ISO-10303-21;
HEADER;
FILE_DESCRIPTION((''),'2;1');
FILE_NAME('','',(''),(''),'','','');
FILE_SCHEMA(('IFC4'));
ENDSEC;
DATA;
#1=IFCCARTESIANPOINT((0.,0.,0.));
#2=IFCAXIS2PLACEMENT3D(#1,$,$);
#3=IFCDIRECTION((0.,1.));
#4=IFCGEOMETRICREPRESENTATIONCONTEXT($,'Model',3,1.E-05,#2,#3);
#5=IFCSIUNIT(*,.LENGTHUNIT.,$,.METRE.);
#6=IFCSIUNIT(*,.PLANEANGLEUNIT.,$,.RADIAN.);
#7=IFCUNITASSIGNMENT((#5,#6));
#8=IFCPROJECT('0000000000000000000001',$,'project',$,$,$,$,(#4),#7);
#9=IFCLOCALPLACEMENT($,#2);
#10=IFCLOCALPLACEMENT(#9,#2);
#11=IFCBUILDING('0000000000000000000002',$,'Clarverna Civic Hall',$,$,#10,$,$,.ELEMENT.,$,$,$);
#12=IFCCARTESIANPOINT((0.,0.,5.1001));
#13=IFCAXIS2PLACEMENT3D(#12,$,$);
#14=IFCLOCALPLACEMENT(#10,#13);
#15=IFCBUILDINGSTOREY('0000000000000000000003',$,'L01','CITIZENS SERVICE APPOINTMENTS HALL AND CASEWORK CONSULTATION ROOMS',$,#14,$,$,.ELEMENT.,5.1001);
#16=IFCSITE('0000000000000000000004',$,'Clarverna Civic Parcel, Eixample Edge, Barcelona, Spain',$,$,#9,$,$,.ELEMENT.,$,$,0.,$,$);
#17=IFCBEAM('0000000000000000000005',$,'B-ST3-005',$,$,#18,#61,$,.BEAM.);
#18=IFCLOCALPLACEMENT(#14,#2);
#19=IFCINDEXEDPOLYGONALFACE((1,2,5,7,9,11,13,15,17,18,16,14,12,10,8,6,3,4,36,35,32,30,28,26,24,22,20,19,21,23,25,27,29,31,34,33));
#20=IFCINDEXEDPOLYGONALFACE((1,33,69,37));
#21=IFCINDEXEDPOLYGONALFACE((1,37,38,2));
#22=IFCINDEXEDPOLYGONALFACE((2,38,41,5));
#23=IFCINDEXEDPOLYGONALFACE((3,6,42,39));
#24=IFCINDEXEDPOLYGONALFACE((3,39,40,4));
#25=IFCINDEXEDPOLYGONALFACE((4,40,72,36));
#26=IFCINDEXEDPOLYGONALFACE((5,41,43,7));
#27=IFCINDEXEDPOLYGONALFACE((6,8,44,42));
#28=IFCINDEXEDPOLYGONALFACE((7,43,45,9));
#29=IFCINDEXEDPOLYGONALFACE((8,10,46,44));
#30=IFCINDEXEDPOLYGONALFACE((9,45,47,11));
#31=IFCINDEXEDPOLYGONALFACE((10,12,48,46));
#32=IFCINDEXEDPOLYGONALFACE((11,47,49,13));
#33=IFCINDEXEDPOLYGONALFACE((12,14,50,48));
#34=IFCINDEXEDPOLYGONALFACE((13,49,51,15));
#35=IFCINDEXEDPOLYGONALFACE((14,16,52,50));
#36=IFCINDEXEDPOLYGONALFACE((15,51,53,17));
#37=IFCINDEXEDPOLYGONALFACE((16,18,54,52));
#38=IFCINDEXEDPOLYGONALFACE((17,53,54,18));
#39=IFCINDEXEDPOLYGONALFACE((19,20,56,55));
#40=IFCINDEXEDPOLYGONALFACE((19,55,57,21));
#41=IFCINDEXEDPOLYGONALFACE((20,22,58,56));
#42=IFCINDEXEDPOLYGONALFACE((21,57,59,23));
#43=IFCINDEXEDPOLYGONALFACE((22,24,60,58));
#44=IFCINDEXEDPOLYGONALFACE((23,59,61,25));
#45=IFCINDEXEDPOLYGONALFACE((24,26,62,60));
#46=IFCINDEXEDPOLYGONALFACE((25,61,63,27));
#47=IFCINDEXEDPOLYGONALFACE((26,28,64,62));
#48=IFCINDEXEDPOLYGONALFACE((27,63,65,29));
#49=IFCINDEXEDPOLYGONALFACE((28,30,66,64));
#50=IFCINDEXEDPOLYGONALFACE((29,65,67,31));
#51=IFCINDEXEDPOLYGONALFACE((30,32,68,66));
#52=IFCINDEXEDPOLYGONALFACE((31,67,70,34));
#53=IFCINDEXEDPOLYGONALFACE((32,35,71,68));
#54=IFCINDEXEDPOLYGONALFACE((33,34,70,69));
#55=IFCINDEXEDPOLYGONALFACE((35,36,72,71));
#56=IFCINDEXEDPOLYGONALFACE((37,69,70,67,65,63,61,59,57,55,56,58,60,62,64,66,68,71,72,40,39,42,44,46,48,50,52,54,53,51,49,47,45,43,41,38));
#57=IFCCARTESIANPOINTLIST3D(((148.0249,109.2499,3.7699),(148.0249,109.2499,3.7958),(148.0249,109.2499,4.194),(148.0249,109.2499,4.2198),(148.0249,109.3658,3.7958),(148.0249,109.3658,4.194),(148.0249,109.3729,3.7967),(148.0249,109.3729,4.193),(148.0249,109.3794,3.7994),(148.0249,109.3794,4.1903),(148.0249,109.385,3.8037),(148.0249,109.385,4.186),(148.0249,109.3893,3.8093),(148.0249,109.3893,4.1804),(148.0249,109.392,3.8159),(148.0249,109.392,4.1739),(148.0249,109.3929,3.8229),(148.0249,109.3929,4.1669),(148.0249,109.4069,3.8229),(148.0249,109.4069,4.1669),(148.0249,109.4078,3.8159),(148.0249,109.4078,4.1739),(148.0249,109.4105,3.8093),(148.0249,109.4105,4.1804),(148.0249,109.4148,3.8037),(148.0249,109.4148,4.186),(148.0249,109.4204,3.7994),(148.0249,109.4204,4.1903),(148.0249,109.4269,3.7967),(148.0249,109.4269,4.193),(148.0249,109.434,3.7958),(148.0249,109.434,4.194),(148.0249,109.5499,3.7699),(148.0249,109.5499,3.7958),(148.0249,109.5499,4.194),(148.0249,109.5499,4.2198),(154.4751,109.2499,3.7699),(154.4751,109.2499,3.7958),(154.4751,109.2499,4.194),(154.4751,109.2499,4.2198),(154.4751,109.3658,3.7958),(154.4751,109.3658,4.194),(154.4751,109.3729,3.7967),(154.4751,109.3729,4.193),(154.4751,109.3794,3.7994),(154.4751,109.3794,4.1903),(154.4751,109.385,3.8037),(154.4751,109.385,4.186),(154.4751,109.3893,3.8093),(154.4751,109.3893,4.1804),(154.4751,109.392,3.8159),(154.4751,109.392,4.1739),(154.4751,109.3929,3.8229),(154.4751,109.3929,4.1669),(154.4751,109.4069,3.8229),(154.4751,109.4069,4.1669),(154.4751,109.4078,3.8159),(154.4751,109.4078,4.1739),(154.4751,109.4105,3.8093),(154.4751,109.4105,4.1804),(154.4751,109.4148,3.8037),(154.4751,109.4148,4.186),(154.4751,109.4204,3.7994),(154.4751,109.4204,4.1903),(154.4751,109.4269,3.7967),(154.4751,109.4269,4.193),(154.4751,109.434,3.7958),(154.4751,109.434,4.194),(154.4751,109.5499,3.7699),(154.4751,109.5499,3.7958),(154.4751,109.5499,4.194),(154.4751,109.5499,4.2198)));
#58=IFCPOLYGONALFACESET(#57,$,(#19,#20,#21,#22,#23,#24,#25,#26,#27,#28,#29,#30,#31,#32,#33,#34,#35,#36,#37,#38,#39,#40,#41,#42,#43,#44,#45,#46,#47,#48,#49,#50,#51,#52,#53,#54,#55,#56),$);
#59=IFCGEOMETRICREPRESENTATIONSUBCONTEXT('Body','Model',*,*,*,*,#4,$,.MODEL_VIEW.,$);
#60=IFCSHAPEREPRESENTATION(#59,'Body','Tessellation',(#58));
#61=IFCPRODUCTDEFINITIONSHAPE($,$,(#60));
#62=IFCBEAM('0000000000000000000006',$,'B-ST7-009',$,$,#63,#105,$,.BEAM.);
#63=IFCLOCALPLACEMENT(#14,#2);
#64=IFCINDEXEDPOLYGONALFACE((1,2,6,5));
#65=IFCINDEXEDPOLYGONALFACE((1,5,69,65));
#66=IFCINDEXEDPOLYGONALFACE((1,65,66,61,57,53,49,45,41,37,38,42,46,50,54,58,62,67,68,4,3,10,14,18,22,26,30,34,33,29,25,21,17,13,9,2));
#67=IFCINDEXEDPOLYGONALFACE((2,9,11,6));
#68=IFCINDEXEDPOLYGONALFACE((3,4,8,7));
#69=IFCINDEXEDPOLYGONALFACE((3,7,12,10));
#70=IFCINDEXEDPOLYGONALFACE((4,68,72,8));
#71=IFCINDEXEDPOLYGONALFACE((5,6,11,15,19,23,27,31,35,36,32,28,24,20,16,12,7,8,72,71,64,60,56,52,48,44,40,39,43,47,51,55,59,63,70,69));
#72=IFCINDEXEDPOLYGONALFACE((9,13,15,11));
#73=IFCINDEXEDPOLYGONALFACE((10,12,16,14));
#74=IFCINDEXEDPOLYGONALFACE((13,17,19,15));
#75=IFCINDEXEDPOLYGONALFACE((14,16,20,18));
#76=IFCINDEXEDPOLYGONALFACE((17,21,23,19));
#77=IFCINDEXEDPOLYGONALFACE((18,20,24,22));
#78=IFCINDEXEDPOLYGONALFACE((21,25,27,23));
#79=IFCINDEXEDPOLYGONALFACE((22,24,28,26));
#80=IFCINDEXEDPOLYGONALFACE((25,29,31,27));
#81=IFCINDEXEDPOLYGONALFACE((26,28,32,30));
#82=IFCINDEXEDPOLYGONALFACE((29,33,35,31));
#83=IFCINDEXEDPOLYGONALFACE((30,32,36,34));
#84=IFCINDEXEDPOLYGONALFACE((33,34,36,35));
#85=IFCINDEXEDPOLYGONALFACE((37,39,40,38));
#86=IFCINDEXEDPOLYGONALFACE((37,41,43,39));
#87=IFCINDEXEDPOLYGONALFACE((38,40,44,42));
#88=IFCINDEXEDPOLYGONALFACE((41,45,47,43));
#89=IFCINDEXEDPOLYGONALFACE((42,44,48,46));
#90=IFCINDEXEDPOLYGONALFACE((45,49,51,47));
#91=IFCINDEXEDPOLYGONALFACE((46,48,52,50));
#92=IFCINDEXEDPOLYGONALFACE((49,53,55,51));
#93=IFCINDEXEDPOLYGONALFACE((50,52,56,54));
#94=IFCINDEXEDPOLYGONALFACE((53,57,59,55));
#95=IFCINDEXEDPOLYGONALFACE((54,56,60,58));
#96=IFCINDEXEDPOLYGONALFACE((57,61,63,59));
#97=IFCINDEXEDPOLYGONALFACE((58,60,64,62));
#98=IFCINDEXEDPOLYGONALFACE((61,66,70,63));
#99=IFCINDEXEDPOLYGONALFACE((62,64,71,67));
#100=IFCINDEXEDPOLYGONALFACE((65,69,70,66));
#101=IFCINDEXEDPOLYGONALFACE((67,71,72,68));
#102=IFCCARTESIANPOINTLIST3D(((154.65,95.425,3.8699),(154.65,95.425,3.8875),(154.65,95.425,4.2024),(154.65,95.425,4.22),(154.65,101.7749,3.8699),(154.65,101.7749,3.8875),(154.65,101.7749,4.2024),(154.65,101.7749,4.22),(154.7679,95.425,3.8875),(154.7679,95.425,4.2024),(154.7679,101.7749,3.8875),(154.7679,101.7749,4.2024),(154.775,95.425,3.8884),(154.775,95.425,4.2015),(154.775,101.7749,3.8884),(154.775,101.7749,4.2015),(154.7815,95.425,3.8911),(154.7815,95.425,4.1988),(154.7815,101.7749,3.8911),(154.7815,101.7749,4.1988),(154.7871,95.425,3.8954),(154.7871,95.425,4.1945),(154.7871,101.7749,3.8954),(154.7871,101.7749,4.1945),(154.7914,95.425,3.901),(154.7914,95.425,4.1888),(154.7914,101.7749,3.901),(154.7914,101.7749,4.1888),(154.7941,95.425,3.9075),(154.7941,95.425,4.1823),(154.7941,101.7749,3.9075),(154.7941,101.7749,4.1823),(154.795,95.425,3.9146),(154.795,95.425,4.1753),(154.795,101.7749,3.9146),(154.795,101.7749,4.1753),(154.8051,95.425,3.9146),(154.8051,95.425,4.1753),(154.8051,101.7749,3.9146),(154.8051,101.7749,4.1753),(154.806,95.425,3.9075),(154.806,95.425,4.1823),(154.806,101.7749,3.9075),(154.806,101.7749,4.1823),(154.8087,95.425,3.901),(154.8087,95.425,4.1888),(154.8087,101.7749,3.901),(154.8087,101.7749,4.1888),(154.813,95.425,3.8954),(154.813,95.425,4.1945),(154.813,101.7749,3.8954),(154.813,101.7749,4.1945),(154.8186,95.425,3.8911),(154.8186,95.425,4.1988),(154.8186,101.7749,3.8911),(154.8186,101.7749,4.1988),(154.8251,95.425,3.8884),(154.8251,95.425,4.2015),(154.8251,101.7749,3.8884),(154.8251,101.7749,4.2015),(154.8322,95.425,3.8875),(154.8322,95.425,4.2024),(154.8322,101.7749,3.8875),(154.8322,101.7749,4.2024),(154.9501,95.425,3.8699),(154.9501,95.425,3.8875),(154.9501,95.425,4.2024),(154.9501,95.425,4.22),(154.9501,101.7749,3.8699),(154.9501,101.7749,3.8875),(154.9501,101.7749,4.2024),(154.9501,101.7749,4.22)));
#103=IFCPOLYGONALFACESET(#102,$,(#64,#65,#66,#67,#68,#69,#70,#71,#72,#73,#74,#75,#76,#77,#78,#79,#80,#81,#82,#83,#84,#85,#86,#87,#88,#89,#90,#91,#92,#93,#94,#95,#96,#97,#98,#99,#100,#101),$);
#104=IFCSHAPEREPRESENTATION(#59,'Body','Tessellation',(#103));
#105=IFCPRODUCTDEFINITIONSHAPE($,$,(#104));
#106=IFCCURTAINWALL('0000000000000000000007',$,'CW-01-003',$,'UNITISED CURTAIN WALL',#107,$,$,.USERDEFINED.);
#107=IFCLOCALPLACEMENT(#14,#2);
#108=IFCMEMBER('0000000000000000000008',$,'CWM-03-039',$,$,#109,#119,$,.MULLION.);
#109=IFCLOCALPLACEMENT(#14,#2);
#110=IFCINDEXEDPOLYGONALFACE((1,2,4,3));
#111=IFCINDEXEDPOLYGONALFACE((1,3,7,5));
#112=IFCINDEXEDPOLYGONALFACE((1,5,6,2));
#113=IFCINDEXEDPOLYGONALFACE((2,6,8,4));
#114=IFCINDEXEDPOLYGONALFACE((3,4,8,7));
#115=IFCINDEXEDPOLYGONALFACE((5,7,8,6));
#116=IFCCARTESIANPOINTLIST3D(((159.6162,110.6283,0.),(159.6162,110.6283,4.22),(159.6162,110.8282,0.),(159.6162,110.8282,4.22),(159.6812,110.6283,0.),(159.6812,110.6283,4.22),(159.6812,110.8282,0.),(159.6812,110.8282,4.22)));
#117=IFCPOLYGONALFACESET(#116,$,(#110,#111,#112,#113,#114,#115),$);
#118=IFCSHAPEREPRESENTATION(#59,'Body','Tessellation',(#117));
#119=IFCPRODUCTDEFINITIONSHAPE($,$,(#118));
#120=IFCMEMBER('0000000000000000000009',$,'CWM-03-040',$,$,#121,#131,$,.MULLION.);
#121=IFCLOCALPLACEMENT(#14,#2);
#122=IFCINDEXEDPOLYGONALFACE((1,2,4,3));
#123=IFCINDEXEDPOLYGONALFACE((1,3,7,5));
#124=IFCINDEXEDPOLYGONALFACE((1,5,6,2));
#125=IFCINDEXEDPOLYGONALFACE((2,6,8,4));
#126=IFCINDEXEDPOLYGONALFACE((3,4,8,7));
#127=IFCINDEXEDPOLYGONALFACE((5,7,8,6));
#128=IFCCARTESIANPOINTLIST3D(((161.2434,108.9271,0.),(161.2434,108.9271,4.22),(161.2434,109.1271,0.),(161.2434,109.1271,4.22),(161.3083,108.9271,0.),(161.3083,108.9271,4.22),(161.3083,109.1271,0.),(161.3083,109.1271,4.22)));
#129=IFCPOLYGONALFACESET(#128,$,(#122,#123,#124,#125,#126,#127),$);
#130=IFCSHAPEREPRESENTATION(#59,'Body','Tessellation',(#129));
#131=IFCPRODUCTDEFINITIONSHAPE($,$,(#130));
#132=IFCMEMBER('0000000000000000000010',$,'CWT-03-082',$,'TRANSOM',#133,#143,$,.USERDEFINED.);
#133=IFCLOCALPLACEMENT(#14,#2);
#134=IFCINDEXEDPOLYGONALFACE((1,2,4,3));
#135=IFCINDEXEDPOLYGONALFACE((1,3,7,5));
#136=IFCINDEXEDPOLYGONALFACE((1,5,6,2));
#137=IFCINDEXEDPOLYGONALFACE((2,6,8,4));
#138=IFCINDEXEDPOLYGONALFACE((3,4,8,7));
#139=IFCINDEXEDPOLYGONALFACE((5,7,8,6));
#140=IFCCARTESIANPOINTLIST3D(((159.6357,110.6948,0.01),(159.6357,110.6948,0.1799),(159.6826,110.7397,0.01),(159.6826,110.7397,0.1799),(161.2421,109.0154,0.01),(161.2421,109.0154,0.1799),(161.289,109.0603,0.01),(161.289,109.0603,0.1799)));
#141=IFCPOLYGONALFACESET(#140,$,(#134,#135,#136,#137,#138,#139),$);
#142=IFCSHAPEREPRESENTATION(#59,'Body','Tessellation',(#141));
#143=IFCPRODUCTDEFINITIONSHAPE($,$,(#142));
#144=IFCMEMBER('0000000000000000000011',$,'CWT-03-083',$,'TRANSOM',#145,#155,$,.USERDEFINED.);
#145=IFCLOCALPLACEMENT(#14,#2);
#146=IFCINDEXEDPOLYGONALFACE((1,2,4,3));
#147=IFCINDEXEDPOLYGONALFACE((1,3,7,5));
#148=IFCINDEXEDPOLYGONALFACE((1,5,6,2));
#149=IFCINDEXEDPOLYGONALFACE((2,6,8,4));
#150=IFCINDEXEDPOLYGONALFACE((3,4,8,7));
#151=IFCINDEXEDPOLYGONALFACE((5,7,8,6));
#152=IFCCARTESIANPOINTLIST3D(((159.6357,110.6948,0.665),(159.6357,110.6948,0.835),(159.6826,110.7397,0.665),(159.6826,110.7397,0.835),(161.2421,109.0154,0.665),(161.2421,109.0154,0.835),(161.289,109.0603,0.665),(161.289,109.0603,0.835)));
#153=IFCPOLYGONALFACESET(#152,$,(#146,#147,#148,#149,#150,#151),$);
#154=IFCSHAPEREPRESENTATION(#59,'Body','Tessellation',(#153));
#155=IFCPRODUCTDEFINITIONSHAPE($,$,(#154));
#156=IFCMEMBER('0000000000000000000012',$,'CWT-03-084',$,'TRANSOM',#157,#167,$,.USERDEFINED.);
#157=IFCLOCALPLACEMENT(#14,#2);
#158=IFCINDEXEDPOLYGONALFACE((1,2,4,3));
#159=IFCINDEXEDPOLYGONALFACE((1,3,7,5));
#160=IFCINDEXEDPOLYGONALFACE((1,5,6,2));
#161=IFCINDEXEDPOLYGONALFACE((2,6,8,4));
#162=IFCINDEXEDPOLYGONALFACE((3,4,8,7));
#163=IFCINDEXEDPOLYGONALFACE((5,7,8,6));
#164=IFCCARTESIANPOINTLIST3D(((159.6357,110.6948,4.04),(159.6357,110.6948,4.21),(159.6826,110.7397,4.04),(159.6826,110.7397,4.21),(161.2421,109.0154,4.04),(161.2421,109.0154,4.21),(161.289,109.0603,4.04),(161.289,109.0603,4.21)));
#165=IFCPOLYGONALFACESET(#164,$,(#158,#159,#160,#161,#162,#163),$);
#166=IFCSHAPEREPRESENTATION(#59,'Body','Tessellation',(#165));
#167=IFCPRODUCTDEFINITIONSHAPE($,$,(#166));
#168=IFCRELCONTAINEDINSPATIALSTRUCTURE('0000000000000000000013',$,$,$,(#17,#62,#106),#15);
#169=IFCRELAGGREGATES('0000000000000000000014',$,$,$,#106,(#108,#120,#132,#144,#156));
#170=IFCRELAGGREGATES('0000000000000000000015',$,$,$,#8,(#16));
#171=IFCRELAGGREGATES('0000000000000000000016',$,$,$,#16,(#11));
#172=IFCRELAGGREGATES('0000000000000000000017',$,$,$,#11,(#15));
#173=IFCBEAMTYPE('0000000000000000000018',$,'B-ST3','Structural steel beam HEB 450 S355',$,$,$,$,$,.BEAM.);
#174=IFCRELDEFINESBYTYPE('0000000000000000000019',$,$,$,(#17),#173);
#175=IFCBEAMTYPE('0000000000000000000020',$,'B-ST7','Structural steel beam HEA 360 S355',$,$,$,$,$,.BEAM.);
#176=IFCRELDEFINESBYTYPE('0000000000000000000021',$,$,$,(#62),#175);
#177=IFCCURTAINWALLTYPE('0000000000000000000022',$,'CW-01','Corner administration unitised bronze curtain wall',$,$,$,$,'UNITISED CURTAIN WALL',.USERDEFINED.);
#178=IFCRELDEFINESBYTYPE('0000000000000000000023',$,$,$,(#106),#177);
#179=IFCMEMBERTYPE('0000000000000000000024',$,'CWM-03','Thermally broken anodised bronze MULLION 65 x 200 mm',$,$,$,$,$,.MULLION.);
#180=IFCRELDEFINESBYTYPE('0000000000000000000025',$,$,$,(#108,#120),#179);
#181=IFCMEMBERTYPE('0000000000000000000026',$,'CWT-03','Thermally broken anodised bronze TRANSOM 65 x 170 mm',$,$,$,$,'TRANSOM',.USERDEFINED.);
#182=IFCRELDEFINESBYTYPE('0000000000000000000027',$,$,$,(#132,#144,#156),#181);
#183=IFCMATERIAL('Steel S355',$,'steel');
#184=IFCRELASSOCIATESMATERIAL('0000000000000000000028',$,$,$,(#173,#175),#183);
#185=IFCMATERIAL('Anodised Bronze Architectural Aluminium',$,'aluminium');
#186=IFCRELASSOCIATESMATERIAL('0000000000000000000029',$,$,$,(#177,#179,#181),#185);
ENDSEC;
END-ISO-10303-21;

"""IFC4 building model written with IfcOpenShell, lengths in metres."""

from ifc_helpers import new_model, si_unit, direction, frame, origin, origin_2d, place, context, subcontext, project, spatial, rectangle, i_section, extrude, material, material_profile, profile_set, type_object, element, aggregate, save


model = new_model("IFC4")

# Units and contexts
model_context = context("Model", 3, precision=1e-05, world=origin(), true_north=direction((0.0, 1.0)))
body_context = subcontext(model_context, "Body", "Model", "MODEL_VIEW")
ifc_project = project(units=[si_unit("LENGTHUNIT", "METRE"), si_unit("PLANEANGLEUNIT", "RADIAN")], contexts=[model_context])

# Site, building, storey
site_placement = place(None, origin())
site = spatial("IfcSite", under=ifc_project, at=site_placement, Name="Clarverna Civic Parcel, Eixample Edge, Barcelona, Spain", CompositionType="ELEMENT", RefElevation=0.0)
building_placement = place(site_placement, origin())
building = spatial("IfcBuilding", under=site, at=building_placement, Name="Clarverna Civic Hall", CompositionType="ELEMENT")
storey_placement = place(building_placement, frame((0.0, 0.0, 5.1001)))
storey = spatial("IfcBuildingStorey", under=building, at=storey_placement, Name="L01", Description="CITIZENS SERVICE APPOINTMENTS HALL AND CASEWORK CONSULTATION ROOMS", CompositionType="ELEMENT", Elevation=5.1001)

# Beams
ifc_material_1 = material(Name="Steel S355", Category="steel")
ifc_material_profile_1 = material_profile(ifc_material_1, i_section(OverallWidth=0.3, OverallDepth=0.45, WebThickness=0.0139, FlangeThickness=0.0259, FilletRadius=0.0271, at=origin_2d()), Name="HEB 450")
ifc_profile_set_1 = profile_set([ifc_material_profile_1], Name="Steel S355")
beam_type_1 = type_object("IfcBeamType", Name="B-ST3", Description="Structural steel beam HEB 450 S355", PredefinedType="BEAM", material=ifc_profile_set_1)
beam_1_placement = place(storey_placement, frame((148.0249, 109.3999, 3.9949), z_axis=(1.0, 0.0, 0.0), x_axis=(0.0, 1.0, 0.0)))
element("IfcBeam", 1, at=beam_1_placement, inside=storey, type_object=beam_type_1, Name="B-ST3-005", PredefinedType="BEAM", context=body_context, shape_type="SweptSolid", body=[
    extrude(i_section(OverallWidth=0.3, OverallDepth=0.45, WebThickness=0.0139, FlangeThickness=0.0259, FilletRadius=0.0271, at=origin_2d()), origin(), (0.0, 0.0, 1.0), 6.4502),
])
ifc_material_profile_2 = material_profile(ifc_material_1, i_section(OverallWidth=0.3, OverallDepth=0.3501, WebThickness=0.01, FlangeThickness=0.0176, FilletRadius=0.0271, at=origin_2d()), Name="HEA 360")
ifc_profile_set_2 = profile_set([ifc_material_profile_2], Name="Steel S355")
beam_type_2 = type_object("IfcBeamType", Name="B-ST7", Description="Structural steel beam HEA 360 S355", PredefinedType="BEAM", material=ifc_profile_set_2)
beam_2_placement = place(storey_placement, frame((154.8, 95.425, 4.0449), z_axis=(0.0, 1.0, 0.0), x_axis=(-1.0, 0.0, 0.0)))
element("IfcBeam", 2, at=beam_2_placement, inside=storey, type_object=beam_type_2, Name="B-ST7-009", PredefinedType="BEAM", context=body_context, shape_type="SweptSolid", body=[
    extrude(i_section(OverallWidth=0.3, OverallDepth=0.3501, WebThickness=0.01, FlangeThickness=0.0176, FilletRadius=0.0271, at=origin_2d()), origin(), (0.0, 0.0, 1.0), 6.3499),
])

# Curtain wall, members
ifc_material_2 = material(Name="Anodised Bronze Architectural Aluminium", Category="aluminium")
curtain_wall_type = type_object("IfcCurtainWallType", Name="CW-01", Description="Corner administration unitised bronze curtain wall", ElementType="UNITISED CURTAIN WALL", PredefinedType="USERDEFINED", material=ifc_material_2)
curtain_wall_placement = place(storey_placement, origin())
curtain_wall = element("IfcCurtainWall", 3, at=curtain_wall_placement, inside=storey, type_object=curtain_wall_type, Name="CW-01-003", ObjectType="UNITISED CURTAIN WALL", PredefinedType="USERDEFINED")
ifc_material_profile_3 = material_profile(ifc_material_2, rectangle(XDim=0.0649, YDim=0.2, at=origin_2d()), Name="BRONZE 65x200")
ifc_profile_set_3 = profile_set([ifc_material_profile_3], Name="Anodised Bronze Architectural Aluminium")
member_type_1 = type_object("IfcMemberType", Name="CWM-03", Description="Thermally broken anodised bronze MULLION 65 x 200 mm", PredefinedType="MULLION", material=ifc_profile_set_3)
member_1_placement = place(storey_placement, frame((159.6487, 110.7283, 0.0), z_axis=(0.0, 0.0, 1.0), x_axis=(1.0, 0.0, 0.0)))
member_1 = element("IfcMember", 4, at=member_1_placement, type_object=member_type_1, Name="CWM-03-039", PredefinedType="MULLION", context=body_context, shape_type="SweptSolid", body=[
    extrude(rectangle(XDim=0.0649, YDim=0.2, at=origin_2d()), origin(), (0.0, 0.0, 1.0), 4.22),
])
member_2_placement = place(storey_placement, frame((161.2759, 109.0271, 0.0), z_axis=(0.0, 0.0, 1.0), x_axis=(1.0, 0.0, 0.0)))
member_2 = element("IfcMember", 5, at=member_2_placement, type_object=member_type_1, Name="CWM-03-040", PredefinedType="MULLION", context=body_context, shape_type="SweptSolid", body=[
    extrude(rectangle(XDim=0.0649, YDim=0.2, at=origin_2d()), origin(), (0.0, 0.0, 1.0), 4.22),
])
ifc_material_profile_4 = material_profile(ifc_material_2, rectangle(XDim=0.0649, YDim=0.1699, at=origin_2d()), Name="BRONZE 65x170")
ifc_profile_set_4 = profile_set([ifc_material_profile_4], Name="Anodised Bronze Architectural Aluminium")
member_type_2 = type_object("IfcMemberType", Name="CWT-03", Description="Thermally broken anodised bronze TRANSOM 65 x 170 mm", ElementType="TRANSOM", PredefinedType="USERDEFINED", material=ifc_profile_set_4)
member_3_placement = place(storey_placement, frame((159.6592, 110.7173, 0.095), z_axis=(0.691227, -0.722637, 0.0), x_axis=(0.722637, 0.691227, 0.0)))
member_3 = element("IfcMember", 6, at=member_3_placement, type_object=member_type_2, Name="CWT-03-082", ObjectType="TRANSOM", PredefinedType="USERDEFINED", context=body_context, shape_type="SweptSolid", body=[
    extrude(rectangle(XDim=0.0649, YDim=0.1699, at=origin_2d()), origin(), (0.0, 0.0, 1.0), 2.324),
])
member_4_placement = place(storey_placement, frame((159.6592, 110.7173, 0.75), z_axis=(0.691227, -0.722637, 0.0), x_axis=(0.722637, 0.691227, 0.0)))
member_4 = element("IfcMember", 7, at=member_4_placement, type_object=member_type_2, Name="CWT-03-083", ObjectType="TRANSOM", PredefinedType="USERDEFINED", context=body_context, shape_type="SweptSolid", body=[
    extrude(rectangle(XDim=0.0649, YDim=0.1699, at=origin_2d()), origin(), (0.0, 0.0, 1.0), 2.324),
])
member_5_placement = place(storey_placement, frame((159.6592, 110.7173, 4.125), z_axis=(0.691227, -0.722637, 0.0), x_axis=(0.722637, 0.691227, 0.0)))
member_5 = element("IfcMember", 8, at=member_5_placement, type_object=member_type_2, Name="CWT-03-084", ObjectType="TRANSOM", PredefinedType="USERDEFINED", context=body_context, shape_type="SweptSolid", body=[
    extrude(rectangle(XDim=0.0649, YDim=0.1699, at=origin_2d()), origin(), (0.0, 0.0, 1.0), 2.324),
])

aggregate(curtain_wall, [member_1, member_2, member_3, member_4, member_5])

save(model, "model.ifc")
